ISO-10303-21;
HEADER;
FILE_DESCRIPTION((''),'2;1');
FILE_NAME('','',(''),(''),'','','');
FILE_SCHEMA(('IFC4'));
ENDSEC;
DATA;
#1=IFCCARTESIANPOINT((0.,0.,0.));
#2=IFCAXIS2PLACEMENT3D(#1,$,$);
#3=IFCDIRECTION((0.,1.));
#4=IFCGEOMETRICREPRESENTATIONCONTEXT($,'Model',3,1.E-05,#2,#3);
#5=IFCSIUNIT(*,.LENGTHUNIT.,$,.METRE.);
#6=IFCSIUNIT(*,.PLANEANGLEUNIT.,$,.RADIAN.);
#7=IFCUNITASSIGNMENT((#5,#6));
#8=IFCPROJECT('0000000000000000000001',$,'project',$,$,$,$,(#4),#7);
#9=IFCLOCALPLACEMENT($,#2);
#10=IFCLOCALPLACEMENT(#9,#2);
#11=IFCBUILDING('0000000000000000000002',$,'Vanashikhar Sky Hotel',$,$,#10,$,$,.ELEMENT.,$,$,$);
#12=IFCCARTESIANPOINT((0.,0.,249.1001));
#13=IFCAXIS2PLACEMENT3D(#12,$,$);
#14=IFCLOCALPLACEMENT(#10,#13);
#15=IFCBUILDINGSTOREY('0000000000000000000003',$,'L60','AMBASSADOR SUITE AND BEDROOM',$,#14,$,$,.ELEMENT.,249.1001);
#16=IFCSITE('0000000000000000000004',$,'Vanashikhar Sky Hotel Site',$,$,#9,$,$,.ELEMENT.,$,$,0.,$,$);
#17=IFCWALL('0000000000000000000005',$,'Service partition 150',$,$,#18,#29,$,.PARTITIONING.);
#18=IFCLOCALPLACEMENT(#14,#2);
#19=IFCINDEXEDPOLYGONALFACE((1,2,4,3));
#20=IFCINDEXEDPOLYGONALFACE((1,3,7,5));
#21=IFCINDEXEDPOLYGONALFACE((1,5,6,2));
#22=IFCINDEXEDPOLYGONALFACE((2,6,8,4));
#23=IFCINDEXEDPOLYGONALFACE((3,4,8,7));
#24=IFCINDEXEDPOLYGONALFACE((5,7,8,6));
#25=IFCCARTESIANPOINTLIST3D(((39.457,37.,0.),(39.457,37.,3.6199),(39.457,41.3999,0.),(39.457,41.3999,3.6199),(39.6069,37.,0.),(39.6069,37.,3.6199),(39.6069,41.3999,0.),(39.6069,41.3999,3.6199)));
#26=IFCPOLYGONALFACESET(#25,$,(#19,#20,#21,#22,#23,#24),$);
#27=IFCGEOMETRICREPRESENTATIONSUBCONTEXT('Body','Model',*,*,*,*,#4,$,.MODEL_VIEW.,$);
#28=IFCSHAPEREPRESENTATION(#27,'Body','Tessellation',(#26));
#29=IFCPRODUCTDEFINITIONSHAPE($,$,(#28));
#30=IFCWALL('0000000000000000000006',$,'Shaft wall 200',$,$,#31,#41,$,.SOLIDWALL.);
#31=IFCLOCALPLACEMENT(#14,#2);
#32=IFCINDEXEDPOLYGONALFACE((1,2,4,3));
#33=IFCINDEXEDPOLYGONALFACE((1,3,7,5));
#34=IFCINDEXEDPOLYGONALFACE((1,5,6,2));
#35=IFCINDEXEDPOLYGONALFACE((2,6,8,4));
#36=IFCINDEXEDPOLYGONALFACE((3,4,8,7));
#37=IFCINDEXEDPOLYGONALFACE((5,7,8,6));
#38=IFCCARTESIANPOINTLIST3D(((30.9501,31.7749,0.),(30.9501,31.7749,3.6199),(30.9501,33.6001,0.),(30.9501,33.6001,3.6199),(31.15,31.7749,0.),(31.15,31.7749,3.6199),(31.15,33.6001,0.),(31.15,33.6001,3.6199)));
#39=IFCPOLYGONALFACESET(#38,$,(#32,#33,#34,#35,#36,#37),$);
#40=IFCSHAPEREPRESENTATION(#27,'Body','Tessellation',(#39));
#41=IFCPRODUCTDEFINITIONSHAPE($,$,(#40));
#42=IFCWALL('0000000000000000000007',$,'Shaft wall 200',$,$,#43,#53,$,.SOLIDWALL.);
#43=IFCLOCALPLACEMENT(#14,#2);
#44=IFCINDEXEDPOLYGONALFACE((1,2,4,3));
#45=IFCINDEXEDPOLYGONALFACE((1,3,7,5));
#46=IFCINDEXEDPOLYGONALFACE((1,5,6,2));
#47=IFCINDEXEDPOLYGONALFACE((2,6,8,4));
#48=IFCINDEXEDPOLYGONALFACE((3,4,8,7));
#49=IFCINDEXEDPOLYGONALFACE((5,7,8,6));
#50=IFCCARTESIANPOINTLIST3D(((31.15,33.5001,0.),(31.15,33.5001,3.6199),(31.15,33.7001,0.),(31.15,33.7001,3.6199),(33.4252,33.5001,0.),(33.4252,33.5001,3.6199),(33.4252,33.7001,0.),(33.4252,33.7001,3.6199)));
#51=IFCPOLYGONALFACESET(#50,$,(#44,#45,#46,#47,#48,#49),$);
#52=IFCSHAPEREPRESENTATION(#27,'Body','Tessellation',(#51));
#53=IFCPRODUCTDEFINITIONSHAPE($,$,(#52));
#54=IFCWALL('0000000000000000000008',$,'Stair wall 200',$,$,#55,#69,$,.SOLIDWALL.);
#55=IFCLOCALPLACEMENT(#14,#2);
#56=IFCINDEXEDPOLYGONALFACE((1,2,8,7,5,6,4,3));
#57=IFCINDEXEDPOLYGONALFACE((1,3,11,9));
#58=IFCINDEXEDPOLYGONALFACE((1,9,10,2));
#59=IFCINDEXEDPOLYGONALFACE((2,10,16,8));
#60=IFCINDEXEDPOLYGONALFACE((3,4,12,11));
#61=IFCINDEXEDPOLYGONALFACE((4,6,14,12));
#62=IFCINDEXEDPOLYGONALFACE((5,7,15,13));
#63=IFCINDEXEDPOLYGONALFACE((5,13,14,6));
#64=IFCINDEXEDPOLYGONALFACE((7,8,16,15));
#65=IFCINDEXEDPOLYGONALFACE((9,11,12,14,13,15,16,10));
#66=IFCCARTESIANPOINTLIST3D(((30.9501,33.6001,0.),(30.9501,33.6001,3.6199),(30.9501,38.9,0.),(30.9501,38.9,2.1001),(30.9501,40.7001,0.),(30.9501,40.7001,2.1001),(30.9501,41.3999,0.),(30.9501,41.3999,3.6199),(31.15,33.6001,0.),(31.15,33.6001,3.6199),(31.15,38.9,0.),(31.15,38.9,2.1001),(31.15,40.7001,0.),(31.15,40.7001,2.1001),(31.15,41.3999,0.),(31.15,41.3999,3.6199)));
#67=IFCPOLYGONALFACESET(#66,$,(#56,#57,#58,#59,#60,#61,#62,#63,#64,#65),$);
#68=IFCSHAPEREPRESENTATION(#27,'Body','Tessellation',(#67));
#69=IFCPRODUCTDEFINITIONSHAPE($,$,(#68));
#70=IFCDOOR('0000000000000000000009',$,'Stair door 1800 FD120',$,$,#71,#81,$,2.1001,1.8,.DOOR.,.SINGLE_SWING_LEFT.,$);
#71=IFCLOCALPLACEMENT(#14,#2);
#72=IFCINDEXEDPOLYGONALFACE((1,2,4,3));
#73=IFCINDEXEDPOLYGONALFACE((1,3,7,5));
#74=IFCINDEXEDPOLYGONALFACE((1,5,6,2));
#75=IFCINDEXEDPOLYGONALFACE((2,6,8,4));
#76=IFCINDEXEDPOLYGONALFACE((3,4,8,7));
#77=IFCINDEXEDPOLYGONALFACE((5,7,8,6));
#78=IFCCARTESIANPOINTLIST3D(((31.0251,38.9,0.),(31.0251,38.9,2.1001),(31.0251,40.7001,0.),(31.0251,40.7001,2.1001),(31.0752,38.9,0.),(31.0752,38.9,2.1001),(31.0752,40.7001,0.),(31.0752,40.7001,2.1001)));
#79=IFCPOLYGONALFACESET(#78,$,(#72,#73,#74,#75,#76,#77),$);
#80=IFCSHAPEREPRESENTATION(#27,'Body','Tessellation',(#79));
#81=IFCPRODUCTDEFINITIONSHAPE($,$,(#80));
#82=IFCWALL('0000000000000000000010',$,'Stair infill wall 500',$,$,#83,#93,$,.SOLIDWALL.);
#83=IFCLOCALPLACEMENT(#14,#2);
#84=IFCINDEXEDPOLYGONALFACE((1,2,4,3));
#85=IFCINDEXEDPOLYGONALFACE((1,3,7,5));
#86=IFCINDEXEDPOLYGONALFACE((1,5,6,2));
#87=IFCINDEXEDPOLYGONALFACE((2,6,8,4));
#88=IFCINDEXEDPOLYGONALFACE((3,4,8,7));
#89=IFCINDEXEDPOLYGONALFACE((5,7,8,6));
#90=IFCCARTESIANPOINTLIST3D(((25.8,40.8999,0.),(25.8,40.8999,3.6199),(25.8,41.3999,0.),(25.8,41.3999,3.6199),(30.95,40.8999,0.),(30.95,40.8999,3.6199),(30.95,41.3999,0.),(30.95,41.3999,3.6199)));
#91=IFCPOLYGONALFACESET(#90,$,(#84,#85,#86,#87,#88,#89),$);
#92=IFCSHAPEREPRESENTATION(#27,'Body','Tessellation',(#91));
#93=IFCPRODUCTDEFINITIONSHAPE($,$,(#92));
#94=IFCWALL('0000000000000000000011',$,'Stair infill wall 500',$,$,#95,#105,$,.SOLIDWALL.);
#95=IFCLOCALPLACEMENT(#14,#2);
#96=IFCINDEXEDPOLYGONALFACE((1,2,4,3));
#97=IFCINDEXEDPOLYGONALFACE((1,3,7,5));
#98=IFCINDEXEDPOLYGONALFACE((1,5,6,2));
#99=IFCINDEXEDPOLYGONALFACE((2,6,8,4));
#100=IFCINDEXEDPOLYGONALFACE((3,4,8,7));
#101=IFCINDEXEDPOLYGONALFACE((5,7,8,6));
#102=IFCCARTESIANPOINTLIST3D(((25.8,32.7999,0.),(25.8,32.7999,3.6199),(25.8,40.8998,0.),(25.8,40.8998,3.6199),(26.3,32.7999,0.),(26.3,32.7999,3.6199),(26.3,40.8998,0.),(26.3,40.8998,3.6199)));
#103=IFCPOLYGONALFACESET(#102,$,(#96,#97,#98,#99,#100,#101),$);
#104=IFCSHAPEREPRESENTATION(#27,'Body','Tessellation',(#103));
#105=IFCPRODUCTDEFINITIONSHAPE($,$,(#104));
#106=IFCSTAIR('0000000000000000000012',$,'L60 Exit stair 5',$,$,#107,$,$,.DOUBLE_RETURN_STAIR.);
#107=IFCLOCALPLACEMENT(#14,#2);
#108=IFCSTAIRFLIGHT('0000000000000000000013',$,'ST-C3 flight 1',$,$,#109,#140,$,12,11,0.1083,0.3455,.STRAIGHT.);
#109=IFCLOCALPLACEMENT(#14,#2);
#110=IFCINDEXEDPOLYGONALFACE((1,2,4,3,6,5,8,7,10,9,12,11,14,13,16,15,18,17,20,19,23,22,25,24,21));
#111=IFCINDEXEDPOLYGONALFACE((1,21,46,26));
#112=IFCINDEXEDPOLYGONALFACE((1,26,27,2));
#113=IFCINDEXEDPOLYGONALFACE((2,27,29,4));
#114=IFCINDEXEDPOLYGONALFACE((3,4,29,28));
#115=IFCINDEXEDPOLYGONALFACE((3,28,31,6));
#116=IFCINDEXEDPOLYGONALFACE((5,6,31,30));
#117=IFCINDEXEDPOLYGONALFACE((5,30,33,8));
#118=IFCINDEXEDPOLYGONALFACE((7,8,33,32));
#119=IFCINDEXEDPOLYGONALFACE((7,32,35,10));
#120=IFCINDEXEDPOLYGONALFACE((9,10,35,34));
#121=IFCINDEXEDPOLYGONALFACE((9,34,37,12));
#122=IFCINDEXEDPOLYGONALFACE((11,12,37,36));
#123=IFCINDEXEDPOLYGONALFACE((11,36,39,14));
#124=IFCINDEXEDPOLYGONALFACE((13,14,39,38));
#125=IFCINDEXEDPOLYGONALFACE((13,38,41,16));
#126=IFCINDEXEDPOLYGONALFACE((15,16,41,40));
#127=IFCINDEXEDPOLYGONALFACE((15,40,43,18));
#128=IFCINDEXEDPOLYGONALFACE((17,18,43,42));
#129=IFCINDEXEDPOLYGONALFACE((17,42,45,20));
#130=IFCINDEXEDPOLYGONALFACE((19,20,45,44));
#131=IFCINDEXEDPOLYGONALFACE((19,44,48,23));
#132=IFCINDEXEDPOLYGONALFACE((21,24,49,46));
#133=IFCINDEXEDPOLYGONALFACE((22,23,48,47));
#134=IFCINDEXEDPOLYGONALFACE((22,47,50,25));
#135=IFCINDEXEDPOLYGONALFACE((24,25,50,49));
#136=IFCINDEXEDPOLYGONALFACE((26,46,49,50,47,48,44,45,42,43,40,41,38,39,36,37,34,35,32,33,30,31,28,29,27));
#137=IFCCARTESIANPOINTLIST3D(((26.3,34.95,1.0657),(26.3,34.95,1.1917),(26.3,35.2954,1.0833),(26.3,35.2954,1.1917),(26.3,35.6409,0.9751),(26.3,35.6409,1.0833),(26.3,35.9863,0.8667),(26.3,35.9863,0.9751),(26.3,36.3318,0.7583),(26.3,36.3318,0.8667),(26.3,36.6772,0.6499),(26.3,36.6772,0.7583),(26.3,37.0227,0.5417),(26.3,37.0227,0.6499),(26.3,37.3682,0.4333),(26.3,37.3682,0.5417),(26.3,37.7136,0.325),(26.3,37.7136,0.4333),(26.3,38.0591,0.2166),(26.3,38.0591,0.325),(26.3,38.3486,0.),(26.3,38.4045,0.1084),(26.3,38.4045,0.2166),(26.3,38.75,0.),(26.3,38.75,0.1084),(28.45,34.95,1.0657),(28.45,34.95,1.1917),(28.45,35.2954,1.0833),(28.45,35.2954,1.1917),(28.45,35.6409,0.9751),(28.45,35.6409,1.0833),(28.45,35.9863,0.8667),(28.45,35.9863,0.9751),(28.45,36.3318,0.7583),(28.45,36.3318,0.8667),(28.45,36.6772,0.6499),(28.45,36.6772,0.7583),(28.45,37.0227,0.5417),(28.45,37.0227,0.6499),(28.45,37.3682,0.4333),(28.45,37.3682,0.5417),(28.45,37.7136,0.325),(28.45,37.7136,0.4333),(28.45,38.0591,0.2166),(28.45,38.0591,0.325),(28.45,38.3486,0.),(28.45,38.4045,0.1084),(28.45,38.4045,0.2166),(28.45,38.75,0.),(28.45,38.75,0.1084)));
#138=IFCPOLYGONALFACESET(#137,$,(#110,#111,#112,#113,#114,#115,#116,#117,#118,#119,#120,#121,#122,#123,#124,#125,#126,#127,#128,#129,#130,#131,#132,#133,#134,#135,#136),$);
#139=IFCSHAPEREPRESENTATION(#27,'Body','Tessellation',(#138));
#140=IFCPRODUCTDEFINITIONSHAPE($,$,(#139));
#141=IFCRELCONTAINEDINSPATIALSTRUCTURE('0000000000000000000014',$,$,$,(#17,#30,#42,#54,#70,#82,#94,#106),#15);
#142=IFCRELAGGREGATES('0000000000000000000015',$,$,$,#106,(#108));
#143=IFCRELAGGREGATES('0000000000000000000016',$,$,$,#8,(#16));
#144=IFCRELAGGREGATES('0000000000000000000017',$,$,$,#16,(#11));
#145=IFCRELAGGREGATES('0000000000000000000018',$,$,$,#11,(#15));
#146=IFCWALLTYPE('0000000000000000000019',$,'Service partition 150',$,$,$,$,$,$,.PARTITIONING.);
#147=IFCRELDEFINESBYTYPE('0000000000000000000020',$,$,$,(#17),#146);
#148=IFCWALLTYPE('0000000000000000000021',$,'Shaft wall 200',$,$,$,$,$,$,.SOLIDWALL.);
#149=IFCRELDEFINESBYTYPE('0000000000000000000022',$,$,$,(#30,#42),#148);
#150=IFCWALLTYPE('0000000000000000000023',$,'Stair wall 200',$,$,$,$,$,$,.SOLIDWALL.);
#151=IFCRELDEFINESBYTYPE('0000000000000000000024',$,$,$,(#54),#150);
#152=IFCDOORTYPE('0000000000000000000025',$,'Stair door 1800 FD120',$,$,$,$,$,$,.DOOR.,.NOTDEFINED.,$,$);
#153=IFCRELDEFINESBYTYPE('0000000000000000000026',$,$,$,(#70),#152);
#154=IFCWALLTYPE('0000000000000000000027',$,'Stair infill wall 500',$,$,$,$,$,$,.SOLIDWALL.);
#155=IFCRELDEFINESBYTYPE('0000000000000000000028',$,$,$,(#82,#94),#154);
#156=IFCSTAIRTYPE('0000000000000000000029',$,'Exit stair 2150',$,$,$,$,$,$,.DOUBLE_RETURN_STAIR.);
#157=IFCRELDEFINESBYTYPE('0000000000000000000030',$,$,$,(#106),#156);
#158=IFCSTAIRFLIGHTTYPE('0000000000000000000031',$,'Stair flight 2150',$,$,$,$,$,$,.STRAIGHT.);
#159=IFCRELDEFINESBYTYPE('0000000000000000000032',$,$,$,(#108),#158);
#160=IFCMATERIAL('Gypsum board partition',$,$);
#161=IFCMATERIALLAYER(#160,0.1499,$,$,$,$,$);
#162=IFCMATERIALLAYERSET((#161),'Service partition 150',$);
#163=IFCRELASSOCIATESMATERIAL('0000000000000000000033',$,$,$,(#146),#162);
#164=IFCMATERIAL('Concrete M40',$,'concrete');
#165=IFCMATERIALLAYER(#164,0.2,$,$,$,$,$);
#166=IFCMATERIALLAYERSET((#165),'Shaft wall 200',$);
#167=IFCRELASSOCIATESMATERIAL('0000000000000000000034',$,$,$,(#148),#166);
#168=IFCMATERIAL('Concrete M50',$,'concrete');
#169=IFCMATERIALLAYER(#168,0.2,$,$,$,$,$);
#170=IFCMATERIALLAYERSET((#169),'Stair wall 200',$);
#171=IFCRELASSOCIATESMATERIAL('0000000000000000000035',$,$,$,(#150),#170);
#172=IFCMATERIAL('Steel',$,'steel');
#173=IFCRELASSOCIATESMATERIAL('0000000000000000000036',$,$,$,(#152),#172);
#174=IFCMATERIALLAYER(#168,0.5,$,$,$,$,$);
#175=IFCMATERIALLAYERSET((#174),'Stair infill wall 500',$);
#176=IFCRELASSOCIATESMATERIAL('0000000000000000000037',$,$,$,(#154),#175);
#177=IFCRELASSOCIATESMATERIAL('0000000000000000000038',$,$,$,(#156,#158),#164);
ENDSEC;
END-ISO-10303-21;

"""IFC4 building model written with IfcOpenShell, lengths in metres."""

from ifc_helpers import new_model, si_unit, direction, frame, frame_2d, origin, place, context, subcontext, project, spatial, polyline, rectangle, outline, extrude, source, transform, mapped, material, layer, layer_set, type_object, element, fill, aggregate, save


model = new_model("IFC4")

# Units and contexts
model_context = context("Model", 3, precision=1e-05, world=origin(), true_north=direction((0.0, 1.0)))
body_context = subcontext(model_context, "Body", "Model", "MODEL_VIEW")
ifc_project = project(units=[si_unit("LENGTHUNIT", "METRE"), si_unit("PLANEANGLEUNIT", "RADIAN")], contexts=[model_context])

# Site, building, storey
site_placement = place(None, origin())
site = spatial("IfcSite", under=ifc_project, at=site_placement, Name="Vanashikhar Sky Hotel Site", CompositionType="ELEMENT", RefElevation=0.0)
building_placement = place(site_placement, origin())
building = spatial("IfcBuilding", under=site, at=building_placement, Name="Vanashikhar Sky Hotel", CompositionType="ELEMENT")
storey_placement = place(building_placement, frame((0.0, 0.0, 249.1001)))
storey = spatial("IfcBuildingStorey", under=building, at=storey_placement, Name="L60", Description="AMBASSADOR SUITE AND BEDROOM", CompositionType="ELEMENT", Elevation=249.1001)

# Shared definitions
ifc_material_1 = material(Name="Steel", Category="steel")
ifc_material_2 = material(Name="Gypsum board partition")
ifc_layer_1 = layer(ifc_material_2, 0.1499)
ifc_layer_set_1 = layer_set([ifc_layer_1], Name="Service partition 150")
wall_type_1 = type_object("IfcWallType", Name="Service partition 150", PredefinedType="PARTITIONING", material=ifc_layer_set_1)

# Walls
shared_shape_1 = source(origin(), body_context, "Body", "SweptSolid", [
    extrude(rectangle(XDim=4.3999, YDim=0.1499, at=frame_2d((2.2, 0.0))), origin(), (0.0, 0.0, 1.0), 3.6199),
])
for number, where, z_axis, x_axis, name in (
    (1, (39.532, 37.0, 0.0), (0.0, 0.0, 1.0), (0.0, 1.0, 0.0), "Service partition 150"),
):
    element("IfcWall", number, at=place(storey_placement, frame(where, z_axis=z_axis, x_axis=x_axis)), inside=storey, type_object=wall_type_1, Name=name, PredefinedType="PARTITIONING", context=body_context, shape_type="MappedRepresentation", body=[
        mapped(shared_shape_1, transform((0.0, 0.0, 0.0), scale=1.0)),
    ])
ifc_material_3 = material(Name="Concrete M40", Category="concrete")
ifc_layer_2 = layer(ifc_material_3, 0.2)
ifc_layer_set_2 = layer_set([ifc_layer_2], Name="Shaft wall 200")
wall_type_2 = type_object("IfcWallType", Name="Shaft wall 200", PredefinedType="SOLIDWALL", material=ifc_layer_set_2)
shared_shape_2 = source(origin(), body_context, "Body", "SweptSolid", [
    extrude(rectangle(XDim=1.8252, YDim=0.2, at=frame_2d((0.9126, 0.0))), origin(), (0.0, 0.0, 1.0), 3.6199),
])
wall_1_placement = place(storey_placement, frame((31.05, 31.7749, 0.0), z_axis=(0.0, 0.0, 1.0), x_axis=(0.0, 1.0, 0.0)))
element("IfcWall", 2, at=wall_1_placement, inside=storey, type_object=wall_type_2, Name="Shaft wall 200", PredefinedType="SOLIDWALL", context=body_context, shape_type="MappedRepresentation", body=[
    mapped(shared_shape_2, transform((0.0, 0.0, 0.0), scale=1.0)),
])
shared_shape_3 = source(origin(), body_context, "Body", "SweptSolid", [
    extrude(rectangle(XDim=2.2751, YDim=0.2, at=frame_2d((1.1377, 0.0))), origin(), (0.0, 0.0, 1.0), 3.6199),
])
wall_2_placement = place(storey_placement, frame((31.1499, 33.6001, 0.0), z_axis=(0.0, 0.0, 1.0), x_axis=(1.0, 0.0, 0.0)))
element("IfcWall", 3, at=wall_2_placement, inside=storey, type_object=wall_type_2, Name="Shaft wall 200", PredefinedType="SOLIDWALL", context=body_context, shape_type="MappedRepresentation", body=[
    mapped(shared_shape_3, transform((0.0, 0.0, 0.0), scale=1.0)),
])

# Wall, opening, door
ifc_material_4 = material(Name="Concrete M50", Category="concrete")
ifc_layer_3 = layer(ifc_material_4, 0.2)
ifc_layer_set_3 = layer_set([ifc_layer_3], Name="Stair wall 200")
wall_type_3 = type_object("IfcWallType", Name="Stair wall 200", PredefinedType="SOLIDWALL", material=ifc_layer_set_3)
shared_shape_4 = source(origin(), body_context, "Body", "SweptSolid", [
    extrude(rectangle(XDim=7.7998, YDim=0.2, at=frame_2d((3.8999, 0.0))), origin(), (0.0, 0.0, 1.0), 3.6199),
])
wall_3_placement = place(storey_placement, frame((31.05, 33.6001, 0.0), z_axis=(0.0, 0.0, 1.0), x_axis=(0.0, 1.0, 0.0)))
wall_3 = element("IfcWall", 4, at=wall_3_placement, inside=storey, type_object=wall_type_3, Name="Stair wall 200", PredefinedType="SOLIDWALL", context=body_context, shape_type="MappedRepresentation", body=[
    mapped(shared_shape_4, transform((0.0, 0.0, 0.0), scale=1.0)),
])
shared_shape_5 = source(origin(), body_context, "Body", "SweptSolid", [
    extrude(rectangle(XDim=1.8, YDim=2.1001, at=frame_2d((0.8999, 1.05))), frame((0.0, 0.1099, 0.0), z_axis=(0.0, -1.0, 0.0), x_axis=(1.0, 0.0, 0.0)), (0.0, 0.0, 1.0), 0.22),
])
opening_1_placement = place(wall_3_placement, frame((5.3, 0.0, 0.0)))
opening_1 = element("IfcOpeningElement", 5, at=opening_1_placement, cuts=wall_3, PredefinedType="OPENING", context=body_context, shape_type="MappedRepresentation", body=[
    mapped(shared_shape_5, transform((0.0, 0.0, 0.0), scale=1.0)),
])
door_type_1 = type_object("IfcDoorType", Name="Stair door 1800 FD120", OperationType="NOTDEFINED", PredefinedType="DOOR", material=ifc_material_1)
shared_shape_6 = source(origin(), body_context, "Body", "SweptSolid", [
    extrude(rectangle(XDim=1.8, YDim=2.1001, at=frame_2d((0.8999, 1.05))), frame((0.0, 0.0249, 0.0), z_axis=(0.0, -1.0, 0.0), x_axis=(1.0, 0.0, 0.0)), (0.0, 0.0, 1.0), 0.05),
])
door_1_placement = place(opening_1_placement, origin())
door_1 = element("IfcDoor", 6, at=door_1_placement, inside=storey, type_object=door_type_1, Name="Stair door 1800 FD120", OperationType="SINGLE_SWING_LEFT", OverallHeight=2.1001, OverallWidth=1.8, PredefinedType="DOOR", context=body_context, shape_type="MappedRepresentation", body=[
    mapped(shared_shape_6, transform((0.0, 0.0, 0.0), scale=1.0)),
])
fill(opening_1, door_1)

# Walls
ifc_layer_4 = layer(ifc_material_4, 0.5)
ifc_layer_set_4 = layer_set([ifc_layer_4], Name="Stair infill wall 500")
wall_type_4 = type_object("IfcWallType", Name="Stair infill wall 500", PredefinedType="SOLIDWALL", material=ifc_layer_set_4)
shared_shape_7 = source(origin(), body_context, "Body", "SweptSolid", [
    extrude(rectangle(XDim=5.1499, YDim=0.5, at=frame_2d((2.575, 0.0))), origin(), (0.0, 0.0, 1.0), 3.6199),
])
wall_4_placement = place(storey_placement, frame((25.8, 41.1499, 0.0), z_axis=(0.0, 0.0, 1.0), x_axis=(1.0, 0.0, 0.0)))
element("IfcWall", 7, at=wall_4_placement, inside=storey, type_object=wall_type_4, Name="Stair infill wall 500", PredefinedType="SOLIDWALL", context=body_context, shape_type="MappedRepresentation", body=[
    mapped(shared_shape_7, transform((0.0, 0.0, 0.0), scale=1.0)),
])
shared_shape_8 = source(origin(), body_context, "Body", "SweptSolid", [
    extrude(rectangle(XDim=8.0999, YDim=0.5, at=frame_2d((4.0498, 0.0))), origin(), (0.0, 0.0, 1.0), 3.6199),
])
wall_5_placement = place(storey_placement, frame((26.05, 32.8, 0.0), z_axis=(0.0, 0.0, 1.0), x_axis=(0.0, 1.0, 0.0)))
element("IfcWall", 8, at=wall_5_placement, inside=storey, type_object=wall_type_4, Name="Stair infill wall 500", PredefinedType="SOLIDWALL", context=body_context, shape_type="MappedRepresentation", body=[
    mapped(shared_shape_8, transform((0.0, 0.0, 0.0), scale=1.0)),
])

# Stair, stair flight
stair_type = type_object("IfcStairType", Name="Exit stair 2150", PredefinedType="DOUBLE_RETURN_STAIR", material=ifc_material_3)
stair_placement = place(storey_placement, origin())
stair = element("IfcStair", 9, at=stair_placement, inside=storey, type_object=stair_type, Name="L60 Exit stair 5", PredefinedType="DOUBLE_RETURN_STAIR")
stair_flight_type = type_object("IfcStairFlightType", Name="Stair flight 2150", PredefinedType="STRAIGHT", material=ifc_material_3)
shared_shape_9 = source(origin(), body_context, "Body", "SweptSolid", [
    extrude(outline(polyline([(0.0, 0.0), (0.0, 0.1084), (0.3455, 0.1084), (0.3455, 0.2166), (0.6909, 0.2166), (0.6909, 0.325), (1.0364, 0.325), (1.0364, 0.4333), (1.3818, 0.4333), (1.3818, 0.5417), (1.7273, 0.5417), (1.7273, 0.6499), (2.0728, 0.6499), (2.0728, 0.7583), (2.4182, 0.7583), (2.4182, 0.8667), (2.7637, 0.8667), (2.7637, 0.9751), (3.1091, 0.9751), (3.1091, 1.0833), (3.4546, 1.0833), (3.4546, 1.1917), (3.8, 1.1917), (3.8, 1.3), (3.8, 1.0657), (0.4014, 0.0), (0.0, 0.0)])), frame((0.0, 1.075, 0.0), z_axis=(0.0, -1.0, 0.0), x_axis=(1.0, 0.0, 0.0)), (0.0, 0.0, 1.0), 2.1499),
])
stair_flight_1_placement = place(storey_placement, frame((27.375, 38.75, 0.0), z_axis=(0.0, 0.0, 1.0), x_axis=(0.0, -1.0, 0.0)))
stair_flight_1 = element("IfcStairFlight", 10, at=stair_flight_1_placement, type_object=stair_flight_type, Name="ST-C3 flight 1", NumberOfRisers=12, NumberOfTreads=11, PredefinedType="STRAIGHT", RiserHeight=0.1083, TreadLength=0.3455, context=body_context, shape_type="MappedRepresentation", body=[
    mapped(shared_shape_9, transform((0.0, 0.0, 0.0), scale=1.0)),
])
aggregate(stair, [stair_flight_1])

save(model, "model.ifc")
